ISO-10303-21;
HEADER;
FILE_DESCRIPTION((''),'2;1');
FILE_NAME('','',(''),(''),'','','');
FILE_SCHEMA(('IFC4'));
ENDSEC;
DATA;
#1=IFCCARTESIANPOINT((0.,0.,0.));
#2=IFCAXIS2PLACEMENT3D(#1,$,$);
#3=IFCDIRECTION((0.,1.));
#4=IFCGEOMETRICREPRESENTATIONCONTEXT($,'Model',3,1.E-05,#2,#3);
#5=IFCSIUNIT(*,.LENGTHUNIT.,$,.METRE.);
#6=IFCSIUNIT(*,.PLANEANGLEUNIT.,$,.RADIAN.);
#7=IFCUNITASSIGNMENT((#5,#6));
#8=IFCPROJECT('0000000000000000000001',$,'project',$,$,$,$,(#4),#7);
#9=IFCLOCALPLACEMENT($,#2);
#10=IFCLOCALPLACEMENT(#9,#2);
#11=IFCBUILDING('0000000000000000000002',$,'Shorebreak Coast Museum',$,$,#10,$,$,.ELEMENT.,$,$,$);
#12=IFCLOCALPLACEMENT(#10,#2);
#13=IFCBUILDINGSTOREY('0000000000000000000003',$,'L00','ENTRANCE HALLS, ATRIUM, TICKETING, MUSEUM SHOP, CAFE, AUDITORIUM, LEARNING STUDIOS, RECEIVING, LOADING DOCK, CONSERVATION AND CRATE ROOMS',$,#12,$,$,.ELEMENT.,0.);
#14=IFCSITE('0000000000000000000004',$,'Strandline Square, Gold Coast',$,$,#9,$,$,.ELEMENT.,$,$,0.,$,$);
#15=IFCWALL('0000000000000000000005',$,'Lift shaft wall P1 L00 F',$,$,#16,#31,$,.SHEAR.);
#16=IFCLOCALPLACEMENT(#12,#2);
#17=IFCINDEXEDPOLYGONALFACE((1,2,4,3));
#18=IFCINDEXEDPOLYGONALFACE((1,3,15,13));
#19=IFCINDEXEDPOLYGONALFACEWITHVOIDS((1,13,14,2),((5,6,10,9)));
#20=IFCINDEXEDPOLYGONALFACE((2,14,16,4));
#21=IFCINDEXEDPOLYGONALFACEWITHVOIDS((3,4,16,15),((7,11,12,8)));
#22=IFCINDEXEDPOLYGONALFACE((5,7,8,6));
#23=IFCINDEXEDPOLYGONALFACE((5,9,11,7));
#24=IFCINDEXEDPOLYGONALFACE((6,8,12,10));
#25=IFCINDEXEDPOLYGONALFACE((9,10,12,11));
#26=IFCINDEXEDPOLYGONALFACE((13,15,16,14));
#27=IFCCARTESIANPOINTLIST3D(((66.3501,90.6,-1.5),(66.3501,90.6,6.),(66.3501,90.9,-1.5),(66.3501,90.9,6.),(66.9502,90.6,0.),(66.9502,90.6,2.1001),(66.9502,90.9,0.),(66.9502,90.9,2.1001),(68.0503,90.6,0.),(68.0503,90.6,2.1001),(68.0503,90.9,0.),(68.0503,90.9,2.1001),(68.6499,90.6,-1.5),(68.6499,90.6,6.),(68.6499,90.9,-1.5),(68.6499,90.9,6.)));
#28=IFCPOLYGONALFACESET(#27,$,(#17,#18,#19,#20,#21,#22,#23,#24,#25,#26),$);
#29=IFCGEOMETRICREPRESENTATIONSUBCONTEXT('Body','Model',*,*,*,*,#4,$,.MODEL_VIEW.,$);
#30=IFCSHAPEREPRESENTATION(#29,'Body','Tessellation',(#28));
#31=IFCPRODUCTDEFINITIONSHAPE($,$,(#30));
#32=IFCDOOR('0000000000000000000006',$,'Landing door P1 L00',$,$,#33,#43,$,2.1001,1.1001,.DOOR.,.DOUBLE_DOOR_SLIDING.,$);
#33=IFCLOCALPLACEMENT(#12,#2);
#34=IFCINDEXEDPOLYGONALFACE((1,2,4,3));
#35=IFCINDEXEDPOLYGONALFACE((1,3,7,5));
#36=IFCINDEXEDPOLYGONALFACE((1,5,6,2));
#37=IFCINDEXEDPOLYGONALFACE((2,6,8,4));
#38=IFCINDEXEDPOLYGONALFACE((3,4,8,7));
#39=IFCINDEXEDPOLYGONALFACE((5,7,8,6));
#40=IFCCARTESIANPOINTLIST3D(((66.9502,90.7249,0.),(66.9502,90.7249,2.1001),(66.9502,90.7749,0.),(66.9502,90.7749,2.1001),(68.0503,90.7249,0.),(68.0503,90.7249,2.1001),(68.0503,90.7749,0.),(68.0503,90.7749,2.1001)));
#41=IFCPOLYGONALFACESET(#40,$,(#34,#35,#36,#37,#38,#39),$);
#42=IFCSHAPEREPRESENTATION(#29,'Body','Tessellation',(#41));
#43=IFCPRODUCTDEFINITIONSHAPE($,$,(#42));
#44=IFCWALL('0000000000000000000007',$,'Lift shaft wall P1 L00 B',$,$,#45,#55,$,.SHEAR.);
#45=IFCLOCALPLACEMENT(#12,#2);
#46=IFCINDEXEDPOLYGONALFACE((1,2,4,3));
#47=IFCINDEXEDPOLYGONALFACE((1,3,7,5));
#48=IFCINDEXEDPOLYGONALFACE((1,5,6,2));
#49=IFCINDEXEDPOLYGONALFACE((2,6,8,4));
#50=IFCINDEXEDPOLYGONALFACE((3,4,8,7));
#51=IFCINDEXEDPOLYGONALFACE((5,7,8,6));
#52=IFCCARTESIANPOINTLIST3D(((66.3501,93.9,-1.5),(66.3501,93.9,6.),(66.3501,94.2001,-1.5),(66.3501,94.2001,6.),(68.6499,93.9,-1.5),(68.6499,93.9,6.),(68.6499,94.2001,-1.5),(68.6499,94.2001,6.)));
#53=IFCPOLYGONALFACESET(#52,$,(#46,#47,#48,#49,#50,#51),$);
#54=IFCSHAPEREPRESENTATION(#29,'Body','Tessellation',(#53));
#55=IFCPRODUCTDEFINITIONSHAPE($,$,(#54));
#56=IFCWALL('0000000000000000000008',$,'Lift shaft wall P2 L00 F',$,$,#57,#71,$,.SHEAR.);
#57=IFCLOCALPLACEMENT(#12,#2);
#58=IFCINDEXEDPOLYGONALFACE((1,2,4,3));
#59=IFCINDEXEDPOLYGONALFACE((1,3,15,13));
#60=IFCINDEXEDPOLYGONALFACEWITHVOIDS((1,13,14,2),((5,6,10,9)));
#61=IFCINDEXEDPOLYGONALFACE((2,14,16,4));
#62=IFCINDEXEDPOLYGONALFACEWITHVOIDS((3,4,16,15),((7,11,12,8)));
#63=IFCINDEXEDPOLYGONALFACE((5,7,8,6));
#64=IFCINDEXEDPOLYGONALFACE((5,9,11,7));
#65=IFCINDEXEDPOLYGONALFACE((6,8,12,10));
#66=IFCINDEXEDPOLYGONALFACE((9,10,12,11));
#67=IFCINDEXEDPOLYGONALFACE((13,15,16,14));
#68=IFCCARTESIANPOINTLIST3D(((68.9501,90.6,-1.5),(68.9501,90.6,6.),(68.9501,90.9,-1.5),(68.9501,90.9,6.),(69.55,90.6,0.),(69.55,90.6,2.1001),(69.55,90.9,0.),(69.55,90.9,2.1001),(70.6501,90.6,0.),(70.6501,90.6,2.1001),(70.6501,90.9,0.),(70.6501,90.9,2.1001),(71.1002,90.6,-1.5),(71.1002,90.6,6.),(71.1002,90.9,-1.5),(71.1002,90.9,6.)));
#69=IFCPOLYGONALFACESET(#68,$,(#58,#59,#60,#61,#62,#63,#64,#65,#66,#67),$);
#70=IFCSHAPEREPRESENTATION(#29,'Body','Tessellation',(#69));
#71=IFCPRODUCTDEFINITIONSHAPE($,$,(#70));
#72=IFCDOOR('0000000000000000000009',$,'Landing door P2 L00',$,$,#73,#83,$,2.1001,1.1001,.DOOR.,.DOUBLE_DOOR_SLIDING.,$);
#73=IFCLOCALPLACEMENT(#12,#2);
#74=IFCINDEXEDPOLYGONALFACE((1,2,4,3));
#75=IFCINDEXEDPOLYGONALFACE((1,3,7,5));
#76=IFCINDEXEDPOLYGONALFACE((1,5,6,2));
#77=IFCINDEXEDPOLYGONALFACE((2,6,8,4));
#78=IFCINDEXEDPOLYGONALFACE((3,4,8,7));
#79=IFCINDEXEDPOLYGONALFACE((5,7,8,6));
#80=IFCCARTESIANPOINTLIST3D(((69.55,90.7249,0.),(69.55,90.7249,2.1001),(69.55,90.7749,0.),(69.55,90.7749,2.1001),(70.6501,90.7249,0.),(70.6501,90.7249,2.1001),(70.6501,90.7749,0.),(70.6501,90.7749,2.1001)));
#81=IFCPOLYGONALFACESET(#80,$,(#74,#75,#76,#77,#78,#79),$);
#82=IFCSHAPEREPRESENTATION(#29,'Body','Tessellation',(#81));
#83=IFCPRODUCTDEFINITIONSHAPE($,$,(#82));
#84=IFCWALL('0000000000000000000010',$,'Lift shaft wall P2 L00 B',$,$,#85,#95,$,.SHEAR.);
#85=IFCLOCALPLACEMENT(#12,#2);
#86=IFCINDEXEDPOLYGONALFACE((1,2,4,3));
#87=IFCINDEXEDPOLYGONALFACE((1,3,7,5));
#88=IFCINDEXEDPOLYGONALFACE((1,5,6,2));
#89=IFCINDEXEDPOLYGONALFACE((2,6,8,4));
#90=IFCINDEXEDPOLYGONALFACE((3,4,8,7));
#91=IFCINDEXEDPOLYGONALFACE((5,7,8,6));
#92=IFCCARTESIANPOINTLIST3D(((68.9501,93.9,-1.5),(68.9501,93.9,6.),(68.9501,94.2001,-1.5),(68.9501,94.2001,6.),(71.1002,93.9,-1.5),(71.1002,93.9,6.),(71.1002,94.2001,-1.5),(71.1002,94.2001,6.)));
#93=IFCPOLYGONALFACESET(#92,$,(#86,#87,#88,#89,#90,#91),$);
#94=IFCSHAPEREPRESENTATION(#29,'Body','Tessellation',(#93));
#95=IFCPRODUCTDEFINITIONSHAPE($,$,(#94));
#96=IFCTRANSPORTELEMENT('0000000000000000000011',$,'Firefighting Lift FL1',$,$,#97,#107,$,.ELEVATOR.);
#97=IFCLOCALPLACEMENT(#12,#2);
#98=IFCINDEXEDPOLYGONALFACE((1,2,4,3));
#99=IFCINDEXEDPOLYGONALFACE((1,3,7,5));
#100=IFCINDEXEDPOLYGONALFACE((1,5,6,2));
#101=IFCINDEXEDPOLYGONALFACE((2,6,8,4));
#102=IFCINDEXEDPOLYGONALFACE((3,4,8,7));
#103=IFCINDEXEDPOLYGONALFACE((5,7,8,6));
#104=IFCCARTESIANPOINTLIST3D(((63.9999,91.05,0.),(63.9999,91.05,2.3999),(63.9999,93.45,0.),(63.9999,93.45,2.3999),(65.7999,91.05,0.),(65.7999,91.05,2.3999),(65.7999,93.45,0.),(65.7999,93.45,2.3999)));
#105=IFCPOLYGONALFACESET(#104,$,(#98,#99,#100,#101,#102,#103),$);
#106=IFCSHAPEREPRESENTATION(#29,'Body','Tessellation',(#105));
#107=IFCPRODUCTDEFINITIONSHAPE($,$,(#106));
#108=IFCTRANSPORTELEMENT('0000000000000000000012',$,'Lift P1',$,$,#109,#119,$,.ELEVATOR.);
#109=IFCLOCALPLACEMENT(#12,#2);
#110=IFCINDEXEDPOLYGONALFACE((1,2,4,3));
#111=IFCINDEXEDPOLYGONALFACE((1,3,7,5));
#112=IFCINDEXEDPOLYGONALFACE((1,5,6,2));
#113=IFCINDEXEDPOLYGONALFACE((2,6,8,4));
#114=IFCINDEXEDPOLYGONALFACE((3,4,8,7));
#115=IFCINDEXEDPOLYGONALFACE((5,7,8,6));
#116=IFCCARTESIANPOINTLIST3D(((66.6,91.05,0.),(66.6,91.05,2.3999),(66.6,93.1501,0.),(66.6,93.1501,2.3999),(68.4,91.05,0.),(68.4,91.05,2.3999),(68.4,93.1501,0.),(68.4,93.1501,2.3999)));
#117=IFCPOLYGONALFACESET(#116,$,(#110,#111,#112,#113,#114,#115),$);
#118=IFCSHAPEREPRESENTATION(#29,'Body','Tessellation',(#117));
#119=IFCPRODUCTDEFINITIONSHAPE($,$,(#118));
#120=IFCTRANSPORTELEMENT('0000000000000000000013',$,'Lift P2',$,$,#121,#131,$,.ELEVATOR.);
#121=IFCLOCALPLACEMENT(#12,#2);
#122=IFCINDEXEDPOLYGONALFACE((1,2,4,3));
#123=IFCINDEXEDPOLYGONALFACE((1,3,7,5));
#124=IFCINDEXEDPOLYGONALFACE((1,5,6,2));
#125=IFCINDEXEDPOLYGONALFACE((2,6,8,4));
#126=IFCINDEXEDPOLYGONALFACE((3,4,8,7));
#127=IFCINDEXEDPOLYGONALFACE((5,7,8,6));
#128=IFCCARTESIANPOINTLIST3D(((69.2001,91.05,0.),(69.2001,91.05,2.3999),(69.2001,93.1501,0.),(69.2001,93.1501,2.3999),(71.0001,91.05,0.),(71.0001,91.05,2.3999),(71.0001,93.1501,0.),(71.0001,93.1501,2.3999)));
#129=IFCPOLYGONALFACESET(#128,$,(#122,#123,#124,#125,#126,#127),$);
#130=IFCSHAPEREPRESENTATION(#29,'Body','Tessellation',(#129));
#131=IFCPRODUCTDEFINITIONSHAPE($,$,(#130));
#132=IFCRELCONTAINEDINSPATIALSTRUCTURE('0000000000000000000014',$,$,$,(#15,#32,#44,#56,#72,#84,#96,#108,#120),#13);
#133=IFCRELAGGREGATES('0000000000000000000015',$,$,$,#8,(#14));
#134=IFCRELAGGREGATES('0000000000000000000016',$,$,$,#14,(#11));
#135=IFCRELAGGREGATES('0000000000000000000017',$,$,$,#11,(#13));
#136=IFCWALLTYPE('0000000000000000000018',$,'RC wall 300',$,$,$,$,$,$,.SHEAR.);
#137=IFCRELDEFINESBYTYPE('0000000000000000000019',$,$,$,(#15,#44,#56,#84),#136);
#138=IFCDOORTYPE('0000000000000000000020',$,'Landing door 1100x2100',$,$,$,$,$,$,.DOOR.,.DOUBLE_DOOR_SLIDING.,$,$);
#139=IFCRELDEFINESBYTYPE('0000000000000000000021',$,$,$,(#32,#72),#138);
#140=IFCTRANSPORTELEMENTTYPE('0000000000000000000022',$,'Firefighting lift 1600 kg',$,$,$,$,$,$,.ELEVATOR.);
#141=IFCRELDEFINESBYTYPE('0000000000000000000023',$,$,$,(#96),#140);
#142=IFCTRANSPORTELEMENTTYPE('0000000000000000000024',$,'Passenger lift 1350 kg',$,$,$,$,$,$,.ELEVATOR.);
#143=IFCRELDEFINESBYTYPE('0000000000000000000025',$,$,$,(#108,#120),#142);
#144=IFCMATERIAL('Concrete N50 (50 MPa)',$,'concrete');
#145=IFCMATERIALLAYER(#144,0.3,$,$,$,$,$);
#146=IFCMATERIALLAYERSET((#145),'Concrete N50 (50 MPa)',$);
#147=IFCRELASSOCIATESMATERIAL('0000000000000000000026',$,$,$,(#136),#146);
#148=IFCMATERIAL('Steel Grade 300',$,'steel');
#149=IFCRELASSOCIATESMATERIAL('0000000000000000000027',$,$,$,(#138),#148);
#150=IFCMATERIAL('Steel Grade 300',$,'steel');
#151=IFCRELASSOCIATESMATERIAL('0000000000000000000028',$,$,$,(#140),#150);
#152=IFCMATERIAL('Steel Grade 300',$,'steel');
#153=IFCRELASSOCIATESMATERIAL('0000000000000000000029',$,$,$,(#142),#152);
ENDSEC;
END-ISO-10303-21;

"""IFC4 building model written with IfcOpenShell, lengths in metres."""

from ifc_helpers import new_model, si_unit, direction, frame, frame_2d, origin, origin_2d, place, context, subcontext, project, spatial, rectangle, extrude, material, layer, layer_set, type_object, element, fill, save


model = new_model("IFC4")

# Units and contexts
model_context = context("Model", 3, precision=1e-05, world=origin(), true_north=direction((0.0, 1.0)))
body_context = subcontext(model_context, "Body", "Model", "MODEL_VIEW")
ifc_project = project(units=[si_unit("LENGTHUNIT", "METRE"), si_unit("PLANEANGLEUNIT", "RADIAN")], contexts=[model_context])

# Site, building, storey
site_placement = place(None, origin())
site = spatial("IfcSite", under=ifc_project, at=site_placement, Name="Strandline Square, Gold Coast", CompositionType="ELEMENT", RefElevation=0.0)
building_placement = place(site_placement, origin())
building = spatial("IfcBuilding", under=site, at=building_placement, Name="Shorebreak Coast Museum", CompositionType="ELEMENT")
storey_placement = place(building_placement, origin())
storey = spatial("IfcBuildingStorey", under=building, at=storey_placement, Name="L00", Description="ENTRANCE HALLS, ATRIUM, TICKETING, MUSEUM SHOP, CAFE, AUDITORIUM, LEARNING STUDIOS, RECEIVING, LOADING DOCK, CONSERVATION AND CRATE ROOMS", CompositionType="ELEMENT", Elevation=0.0)

# Shared definitions
ifc_material_1 = material(Name="Concrete N50 (50 MPa)", Category="concrete")
ifc_layer_1 = layer(ifc_material_1, 0.3)
ifc_layer_set_1 = layer_set([ifc_layer_1], Name="Concrete N50 (50 MPa)")
wall_type_1 = type_object("IfcWallType", Name="RC wall 300", PredefinedType="SHEAR", material=ifc_layer_set_1)

# Shared definitions
ifc_material_2 = material(Name="Steel Grade 300", Category="steel")
door_type_1 = type_object("IfcDoorType", Name="Landing door 1100x2100", OperationType="DOUBLE_DOOR_SLIDING", PredefinedType="DOOR", material=ifc_material_2)

# Wall, opening, door
wall_1_placement = place(storey_placement, frame((66.3501, 90.75, -1.5), z_axis=(0.0, 0.0, 1.0), x_axis=(1.0, 0.0, 0.0)))
wall_1 = element("IfcWall", 1, at=wall_1_placement, inside=storey, type_object=wall_type_1, Name="Lift shaft wall P1 L00 F", PredefinedType="SHEAR", context=body_context, shape_type="SweptSolid", body=[
    extrude(rectangle(XDim=2.2998, YDim=0.3, at=frame_2d((1.1499, 0.0))), origin(), (0.0, 0.0, 1.0), 7.5),
])
opening_1_placement = place(wall_1_placement, frame((0.6001, 0.0, 1.5)))
opening_1 = element("IfcOpeningElement", 2, at=opening_1_placement, cuts=wall_1, PredefinedType="OPENING", context=body_context, shape_type="SweptSolid", body=[
    extrude(rectangle(XDim=1.1001, YDim=2.1001, at=frame_2d((0.55, 1.05))), frame((0.0, 0.1599, 0.0), z_axis=(0.0, -1.0, 0.0), x_axis=(1.0, 0.0, 0.0)), (0.0, 0.0, 1.0), 0.3201),
])
door_1_placement = place(opening_1_placement, origin())
door_1 = element("IfcDoor", 3, at=door_1_placement, inside=storey, type_object=door_type_1, Name="Landing door P1 L00", OperationType="DOUBLE_DOOR_SLIDING", OverallHeight=2.1001, OverallWidth=1.1001, PredefinedType="DOOR", context=body_context, shape_type="SweptSolid", body=[
    extrude(rectangle(XDim=1.1001, YDim=2.1001, at=frame_2d((0.55, 1.05))), frame((0.0, 0.0249, 0.0), z_axis=(0.0, -1.0, 0.0), x_axis=(1.0, 0.0, 0.0)), (0.0, 0.0, 1.0), 0.05),
])
fill(opening_1, door_1)

# Wall
wall_2_placement = place(storey_placement, frame((66.3501, 94.05, -1.5), z_axis=(0.0, 0.0, 1.0), x_axis=(1.0, 0.0, 0.0)))
element("IfcWall", 4, at=wall_2_placement, inside=storey, type_object=wall_type_1, Name="Lift shaft wall P1 L00 B", PredefinedType="SHEAR", context=body_context, shape_type="SweptSolid", body=[
    extrude(rectangle(XDim=2.2998, YDim=0.3, at=frame_2d((1.1499, 0.0))), origin(), (0.0, 0.0, 1.0), 7.5),
])

# Wall, opening, door
wall_3_placement = place(storey_placement, frame((68.95, 90.75, -1.5), z_axis=(0.0, 0.0, 1.0), x_axis=(1.0, 0.0, 0.0)))
wall_3 = element("IfcWall", 5, at=wall_3_placement, inside=storey, type_object=wall_type_1, Name="Lift shaft wall P2 L00 F", PredefinedType="SHEAR", context=body_context, shape_type="SweptSolid", body=[
    extrude(rectangle(XDim=2.1501, YDim=0.3, at=frame_2d((1.0752, 0.0))), origin(), (0.0, 0.0, 1.0), 7.5),
])
opening_2_placement = place(wall_3_placement, frame((0.6001, 0.0, 1.5)))
opening_2 = element("IfcOpeningElement", 6, at=opening_2_placement, cuts=wall_3, PredefinedType="OPENING", context=body_context, shape_type="SweptSolid", body=[
    extrude(rectangle(XDim=1.1001, YDim=2.1001, at=frame_2d((0.55, 1.05))), frame((0.0, 0.1599, 0.0), z_axis=(0.0, -1.0, 0.0), x_axis=(1.0, 0.0, 0.0)), (0.0, 0.0, 1.0), 0.3201),
])
door_2_placement = place(opening_2_placement, origin())
door_2 = element("IfcDoor", 7, at=door_2_placement, inside=storey, type_object=door_type_1, Name="Landing door P2 L00", OperationType="DOUBLE_DOOR_SLIDING", OverallHeight=2.1001, OverallWidth=1.1001, PredefinedType="DOOR", context=body_context, shape_type="SweptSolid", body=[
    extrude(rectangle(XDim=1.1001, YDim=2.1001, at=frame_2d((0.55, 1.05))), frame((0.0, 0.0249, 0.0), z_axis=(0.0, -1.0, 0.0), x_axis=(1.0, 0.0, 0.0)), (0.0, 0.0, 1.0), 0.05),
])
fill(opening_2, door_2)

# Wall
wall_4_placement = place(storey_placement, frame((68.95, 94.05, -1.5), z_axis=(0.0, 0.0, 1.0), x_axis=(1.0, 0.0, 0.0)))
element("IfcWall", 8, at=wall_4_placement, inside=storey, type_object=wall_type_1, Name="Lift shaft wall P2 L00 B", PredefinedType="SHEAR", context=body_context, shape_type="SweptSolid", body=[
    extrude(rectangle(XDim=2.1501, YDim=0.3, at=frame_2d((1.0752, 0.0))), origin(), (0.0, 0.0, 1.0), 7.5),
])

# Transport elements
ifc_material_3 = material(Name="Steel Grade 300", Category="steel")
transport_element_type_1 = type_object("IfcTransportElementType", Name="Firefighting lift 1600 kg", PredefinedType="ELEVATOR", material=ifc_material_3)
transport_element_placement = place(storey_placement, frame((64.8999, 92.25, 0.0), z_axis=(0.0, 0.0, 1.0), x_axis=(1.0, 0.0, 0.0)))
element("IfcTransportElement", 9, at=transport_element_placement, inside=storey, type_object=transport_element_type_1, Name="Firefighting Lift FL1", PredefinedType="ELEVATOR", context=body_context, shape_type="SweptSolid", body=[
    extrude(rectangle(XDim=1.8, YDim=2.3999, at=origin_2d()), origin(), (0.0, 0.0, 1.0), 2.3999),
])
ifc_material_4 = material(Name="Steel Grade 300", Category="steel")
transport_element_type_2 = type_object("IfcTransportElementType", Name="Passenger lift 1350 kg", PredefinedType="ELEVATOR", material=ifc_material_4)
for number, where, z_axis, x_axis, name in (
    (10, (67.5, 92.1001, 0.0), (0.0, 0.0, 1.0), (1.0, 0.0, 0.0), "Lift P1"),
    (11, (70.1001, 92.1001, 0.0), (0.0, 0.0, 1.0), (1.0, 0.0, 0.0), "Lift P2"),
):
    element("IfcTransportElement", number, at=place(storey_placement, frame(where, z_axis=z_axis, x_axis=x_axis)), inside=storey, type_object=transport_element_type_2, Name=name, PredefinedType="ELEVATOR", context=body_context, shape_type="SweptSolid", body=[
        extrude(rectangle(XDim=1.8, YDim=2.1001, at=origin_2d()), origin(), (0.0, 0.0, 1.0), 2.3999),
    ])

save(model, "model.ifc")
